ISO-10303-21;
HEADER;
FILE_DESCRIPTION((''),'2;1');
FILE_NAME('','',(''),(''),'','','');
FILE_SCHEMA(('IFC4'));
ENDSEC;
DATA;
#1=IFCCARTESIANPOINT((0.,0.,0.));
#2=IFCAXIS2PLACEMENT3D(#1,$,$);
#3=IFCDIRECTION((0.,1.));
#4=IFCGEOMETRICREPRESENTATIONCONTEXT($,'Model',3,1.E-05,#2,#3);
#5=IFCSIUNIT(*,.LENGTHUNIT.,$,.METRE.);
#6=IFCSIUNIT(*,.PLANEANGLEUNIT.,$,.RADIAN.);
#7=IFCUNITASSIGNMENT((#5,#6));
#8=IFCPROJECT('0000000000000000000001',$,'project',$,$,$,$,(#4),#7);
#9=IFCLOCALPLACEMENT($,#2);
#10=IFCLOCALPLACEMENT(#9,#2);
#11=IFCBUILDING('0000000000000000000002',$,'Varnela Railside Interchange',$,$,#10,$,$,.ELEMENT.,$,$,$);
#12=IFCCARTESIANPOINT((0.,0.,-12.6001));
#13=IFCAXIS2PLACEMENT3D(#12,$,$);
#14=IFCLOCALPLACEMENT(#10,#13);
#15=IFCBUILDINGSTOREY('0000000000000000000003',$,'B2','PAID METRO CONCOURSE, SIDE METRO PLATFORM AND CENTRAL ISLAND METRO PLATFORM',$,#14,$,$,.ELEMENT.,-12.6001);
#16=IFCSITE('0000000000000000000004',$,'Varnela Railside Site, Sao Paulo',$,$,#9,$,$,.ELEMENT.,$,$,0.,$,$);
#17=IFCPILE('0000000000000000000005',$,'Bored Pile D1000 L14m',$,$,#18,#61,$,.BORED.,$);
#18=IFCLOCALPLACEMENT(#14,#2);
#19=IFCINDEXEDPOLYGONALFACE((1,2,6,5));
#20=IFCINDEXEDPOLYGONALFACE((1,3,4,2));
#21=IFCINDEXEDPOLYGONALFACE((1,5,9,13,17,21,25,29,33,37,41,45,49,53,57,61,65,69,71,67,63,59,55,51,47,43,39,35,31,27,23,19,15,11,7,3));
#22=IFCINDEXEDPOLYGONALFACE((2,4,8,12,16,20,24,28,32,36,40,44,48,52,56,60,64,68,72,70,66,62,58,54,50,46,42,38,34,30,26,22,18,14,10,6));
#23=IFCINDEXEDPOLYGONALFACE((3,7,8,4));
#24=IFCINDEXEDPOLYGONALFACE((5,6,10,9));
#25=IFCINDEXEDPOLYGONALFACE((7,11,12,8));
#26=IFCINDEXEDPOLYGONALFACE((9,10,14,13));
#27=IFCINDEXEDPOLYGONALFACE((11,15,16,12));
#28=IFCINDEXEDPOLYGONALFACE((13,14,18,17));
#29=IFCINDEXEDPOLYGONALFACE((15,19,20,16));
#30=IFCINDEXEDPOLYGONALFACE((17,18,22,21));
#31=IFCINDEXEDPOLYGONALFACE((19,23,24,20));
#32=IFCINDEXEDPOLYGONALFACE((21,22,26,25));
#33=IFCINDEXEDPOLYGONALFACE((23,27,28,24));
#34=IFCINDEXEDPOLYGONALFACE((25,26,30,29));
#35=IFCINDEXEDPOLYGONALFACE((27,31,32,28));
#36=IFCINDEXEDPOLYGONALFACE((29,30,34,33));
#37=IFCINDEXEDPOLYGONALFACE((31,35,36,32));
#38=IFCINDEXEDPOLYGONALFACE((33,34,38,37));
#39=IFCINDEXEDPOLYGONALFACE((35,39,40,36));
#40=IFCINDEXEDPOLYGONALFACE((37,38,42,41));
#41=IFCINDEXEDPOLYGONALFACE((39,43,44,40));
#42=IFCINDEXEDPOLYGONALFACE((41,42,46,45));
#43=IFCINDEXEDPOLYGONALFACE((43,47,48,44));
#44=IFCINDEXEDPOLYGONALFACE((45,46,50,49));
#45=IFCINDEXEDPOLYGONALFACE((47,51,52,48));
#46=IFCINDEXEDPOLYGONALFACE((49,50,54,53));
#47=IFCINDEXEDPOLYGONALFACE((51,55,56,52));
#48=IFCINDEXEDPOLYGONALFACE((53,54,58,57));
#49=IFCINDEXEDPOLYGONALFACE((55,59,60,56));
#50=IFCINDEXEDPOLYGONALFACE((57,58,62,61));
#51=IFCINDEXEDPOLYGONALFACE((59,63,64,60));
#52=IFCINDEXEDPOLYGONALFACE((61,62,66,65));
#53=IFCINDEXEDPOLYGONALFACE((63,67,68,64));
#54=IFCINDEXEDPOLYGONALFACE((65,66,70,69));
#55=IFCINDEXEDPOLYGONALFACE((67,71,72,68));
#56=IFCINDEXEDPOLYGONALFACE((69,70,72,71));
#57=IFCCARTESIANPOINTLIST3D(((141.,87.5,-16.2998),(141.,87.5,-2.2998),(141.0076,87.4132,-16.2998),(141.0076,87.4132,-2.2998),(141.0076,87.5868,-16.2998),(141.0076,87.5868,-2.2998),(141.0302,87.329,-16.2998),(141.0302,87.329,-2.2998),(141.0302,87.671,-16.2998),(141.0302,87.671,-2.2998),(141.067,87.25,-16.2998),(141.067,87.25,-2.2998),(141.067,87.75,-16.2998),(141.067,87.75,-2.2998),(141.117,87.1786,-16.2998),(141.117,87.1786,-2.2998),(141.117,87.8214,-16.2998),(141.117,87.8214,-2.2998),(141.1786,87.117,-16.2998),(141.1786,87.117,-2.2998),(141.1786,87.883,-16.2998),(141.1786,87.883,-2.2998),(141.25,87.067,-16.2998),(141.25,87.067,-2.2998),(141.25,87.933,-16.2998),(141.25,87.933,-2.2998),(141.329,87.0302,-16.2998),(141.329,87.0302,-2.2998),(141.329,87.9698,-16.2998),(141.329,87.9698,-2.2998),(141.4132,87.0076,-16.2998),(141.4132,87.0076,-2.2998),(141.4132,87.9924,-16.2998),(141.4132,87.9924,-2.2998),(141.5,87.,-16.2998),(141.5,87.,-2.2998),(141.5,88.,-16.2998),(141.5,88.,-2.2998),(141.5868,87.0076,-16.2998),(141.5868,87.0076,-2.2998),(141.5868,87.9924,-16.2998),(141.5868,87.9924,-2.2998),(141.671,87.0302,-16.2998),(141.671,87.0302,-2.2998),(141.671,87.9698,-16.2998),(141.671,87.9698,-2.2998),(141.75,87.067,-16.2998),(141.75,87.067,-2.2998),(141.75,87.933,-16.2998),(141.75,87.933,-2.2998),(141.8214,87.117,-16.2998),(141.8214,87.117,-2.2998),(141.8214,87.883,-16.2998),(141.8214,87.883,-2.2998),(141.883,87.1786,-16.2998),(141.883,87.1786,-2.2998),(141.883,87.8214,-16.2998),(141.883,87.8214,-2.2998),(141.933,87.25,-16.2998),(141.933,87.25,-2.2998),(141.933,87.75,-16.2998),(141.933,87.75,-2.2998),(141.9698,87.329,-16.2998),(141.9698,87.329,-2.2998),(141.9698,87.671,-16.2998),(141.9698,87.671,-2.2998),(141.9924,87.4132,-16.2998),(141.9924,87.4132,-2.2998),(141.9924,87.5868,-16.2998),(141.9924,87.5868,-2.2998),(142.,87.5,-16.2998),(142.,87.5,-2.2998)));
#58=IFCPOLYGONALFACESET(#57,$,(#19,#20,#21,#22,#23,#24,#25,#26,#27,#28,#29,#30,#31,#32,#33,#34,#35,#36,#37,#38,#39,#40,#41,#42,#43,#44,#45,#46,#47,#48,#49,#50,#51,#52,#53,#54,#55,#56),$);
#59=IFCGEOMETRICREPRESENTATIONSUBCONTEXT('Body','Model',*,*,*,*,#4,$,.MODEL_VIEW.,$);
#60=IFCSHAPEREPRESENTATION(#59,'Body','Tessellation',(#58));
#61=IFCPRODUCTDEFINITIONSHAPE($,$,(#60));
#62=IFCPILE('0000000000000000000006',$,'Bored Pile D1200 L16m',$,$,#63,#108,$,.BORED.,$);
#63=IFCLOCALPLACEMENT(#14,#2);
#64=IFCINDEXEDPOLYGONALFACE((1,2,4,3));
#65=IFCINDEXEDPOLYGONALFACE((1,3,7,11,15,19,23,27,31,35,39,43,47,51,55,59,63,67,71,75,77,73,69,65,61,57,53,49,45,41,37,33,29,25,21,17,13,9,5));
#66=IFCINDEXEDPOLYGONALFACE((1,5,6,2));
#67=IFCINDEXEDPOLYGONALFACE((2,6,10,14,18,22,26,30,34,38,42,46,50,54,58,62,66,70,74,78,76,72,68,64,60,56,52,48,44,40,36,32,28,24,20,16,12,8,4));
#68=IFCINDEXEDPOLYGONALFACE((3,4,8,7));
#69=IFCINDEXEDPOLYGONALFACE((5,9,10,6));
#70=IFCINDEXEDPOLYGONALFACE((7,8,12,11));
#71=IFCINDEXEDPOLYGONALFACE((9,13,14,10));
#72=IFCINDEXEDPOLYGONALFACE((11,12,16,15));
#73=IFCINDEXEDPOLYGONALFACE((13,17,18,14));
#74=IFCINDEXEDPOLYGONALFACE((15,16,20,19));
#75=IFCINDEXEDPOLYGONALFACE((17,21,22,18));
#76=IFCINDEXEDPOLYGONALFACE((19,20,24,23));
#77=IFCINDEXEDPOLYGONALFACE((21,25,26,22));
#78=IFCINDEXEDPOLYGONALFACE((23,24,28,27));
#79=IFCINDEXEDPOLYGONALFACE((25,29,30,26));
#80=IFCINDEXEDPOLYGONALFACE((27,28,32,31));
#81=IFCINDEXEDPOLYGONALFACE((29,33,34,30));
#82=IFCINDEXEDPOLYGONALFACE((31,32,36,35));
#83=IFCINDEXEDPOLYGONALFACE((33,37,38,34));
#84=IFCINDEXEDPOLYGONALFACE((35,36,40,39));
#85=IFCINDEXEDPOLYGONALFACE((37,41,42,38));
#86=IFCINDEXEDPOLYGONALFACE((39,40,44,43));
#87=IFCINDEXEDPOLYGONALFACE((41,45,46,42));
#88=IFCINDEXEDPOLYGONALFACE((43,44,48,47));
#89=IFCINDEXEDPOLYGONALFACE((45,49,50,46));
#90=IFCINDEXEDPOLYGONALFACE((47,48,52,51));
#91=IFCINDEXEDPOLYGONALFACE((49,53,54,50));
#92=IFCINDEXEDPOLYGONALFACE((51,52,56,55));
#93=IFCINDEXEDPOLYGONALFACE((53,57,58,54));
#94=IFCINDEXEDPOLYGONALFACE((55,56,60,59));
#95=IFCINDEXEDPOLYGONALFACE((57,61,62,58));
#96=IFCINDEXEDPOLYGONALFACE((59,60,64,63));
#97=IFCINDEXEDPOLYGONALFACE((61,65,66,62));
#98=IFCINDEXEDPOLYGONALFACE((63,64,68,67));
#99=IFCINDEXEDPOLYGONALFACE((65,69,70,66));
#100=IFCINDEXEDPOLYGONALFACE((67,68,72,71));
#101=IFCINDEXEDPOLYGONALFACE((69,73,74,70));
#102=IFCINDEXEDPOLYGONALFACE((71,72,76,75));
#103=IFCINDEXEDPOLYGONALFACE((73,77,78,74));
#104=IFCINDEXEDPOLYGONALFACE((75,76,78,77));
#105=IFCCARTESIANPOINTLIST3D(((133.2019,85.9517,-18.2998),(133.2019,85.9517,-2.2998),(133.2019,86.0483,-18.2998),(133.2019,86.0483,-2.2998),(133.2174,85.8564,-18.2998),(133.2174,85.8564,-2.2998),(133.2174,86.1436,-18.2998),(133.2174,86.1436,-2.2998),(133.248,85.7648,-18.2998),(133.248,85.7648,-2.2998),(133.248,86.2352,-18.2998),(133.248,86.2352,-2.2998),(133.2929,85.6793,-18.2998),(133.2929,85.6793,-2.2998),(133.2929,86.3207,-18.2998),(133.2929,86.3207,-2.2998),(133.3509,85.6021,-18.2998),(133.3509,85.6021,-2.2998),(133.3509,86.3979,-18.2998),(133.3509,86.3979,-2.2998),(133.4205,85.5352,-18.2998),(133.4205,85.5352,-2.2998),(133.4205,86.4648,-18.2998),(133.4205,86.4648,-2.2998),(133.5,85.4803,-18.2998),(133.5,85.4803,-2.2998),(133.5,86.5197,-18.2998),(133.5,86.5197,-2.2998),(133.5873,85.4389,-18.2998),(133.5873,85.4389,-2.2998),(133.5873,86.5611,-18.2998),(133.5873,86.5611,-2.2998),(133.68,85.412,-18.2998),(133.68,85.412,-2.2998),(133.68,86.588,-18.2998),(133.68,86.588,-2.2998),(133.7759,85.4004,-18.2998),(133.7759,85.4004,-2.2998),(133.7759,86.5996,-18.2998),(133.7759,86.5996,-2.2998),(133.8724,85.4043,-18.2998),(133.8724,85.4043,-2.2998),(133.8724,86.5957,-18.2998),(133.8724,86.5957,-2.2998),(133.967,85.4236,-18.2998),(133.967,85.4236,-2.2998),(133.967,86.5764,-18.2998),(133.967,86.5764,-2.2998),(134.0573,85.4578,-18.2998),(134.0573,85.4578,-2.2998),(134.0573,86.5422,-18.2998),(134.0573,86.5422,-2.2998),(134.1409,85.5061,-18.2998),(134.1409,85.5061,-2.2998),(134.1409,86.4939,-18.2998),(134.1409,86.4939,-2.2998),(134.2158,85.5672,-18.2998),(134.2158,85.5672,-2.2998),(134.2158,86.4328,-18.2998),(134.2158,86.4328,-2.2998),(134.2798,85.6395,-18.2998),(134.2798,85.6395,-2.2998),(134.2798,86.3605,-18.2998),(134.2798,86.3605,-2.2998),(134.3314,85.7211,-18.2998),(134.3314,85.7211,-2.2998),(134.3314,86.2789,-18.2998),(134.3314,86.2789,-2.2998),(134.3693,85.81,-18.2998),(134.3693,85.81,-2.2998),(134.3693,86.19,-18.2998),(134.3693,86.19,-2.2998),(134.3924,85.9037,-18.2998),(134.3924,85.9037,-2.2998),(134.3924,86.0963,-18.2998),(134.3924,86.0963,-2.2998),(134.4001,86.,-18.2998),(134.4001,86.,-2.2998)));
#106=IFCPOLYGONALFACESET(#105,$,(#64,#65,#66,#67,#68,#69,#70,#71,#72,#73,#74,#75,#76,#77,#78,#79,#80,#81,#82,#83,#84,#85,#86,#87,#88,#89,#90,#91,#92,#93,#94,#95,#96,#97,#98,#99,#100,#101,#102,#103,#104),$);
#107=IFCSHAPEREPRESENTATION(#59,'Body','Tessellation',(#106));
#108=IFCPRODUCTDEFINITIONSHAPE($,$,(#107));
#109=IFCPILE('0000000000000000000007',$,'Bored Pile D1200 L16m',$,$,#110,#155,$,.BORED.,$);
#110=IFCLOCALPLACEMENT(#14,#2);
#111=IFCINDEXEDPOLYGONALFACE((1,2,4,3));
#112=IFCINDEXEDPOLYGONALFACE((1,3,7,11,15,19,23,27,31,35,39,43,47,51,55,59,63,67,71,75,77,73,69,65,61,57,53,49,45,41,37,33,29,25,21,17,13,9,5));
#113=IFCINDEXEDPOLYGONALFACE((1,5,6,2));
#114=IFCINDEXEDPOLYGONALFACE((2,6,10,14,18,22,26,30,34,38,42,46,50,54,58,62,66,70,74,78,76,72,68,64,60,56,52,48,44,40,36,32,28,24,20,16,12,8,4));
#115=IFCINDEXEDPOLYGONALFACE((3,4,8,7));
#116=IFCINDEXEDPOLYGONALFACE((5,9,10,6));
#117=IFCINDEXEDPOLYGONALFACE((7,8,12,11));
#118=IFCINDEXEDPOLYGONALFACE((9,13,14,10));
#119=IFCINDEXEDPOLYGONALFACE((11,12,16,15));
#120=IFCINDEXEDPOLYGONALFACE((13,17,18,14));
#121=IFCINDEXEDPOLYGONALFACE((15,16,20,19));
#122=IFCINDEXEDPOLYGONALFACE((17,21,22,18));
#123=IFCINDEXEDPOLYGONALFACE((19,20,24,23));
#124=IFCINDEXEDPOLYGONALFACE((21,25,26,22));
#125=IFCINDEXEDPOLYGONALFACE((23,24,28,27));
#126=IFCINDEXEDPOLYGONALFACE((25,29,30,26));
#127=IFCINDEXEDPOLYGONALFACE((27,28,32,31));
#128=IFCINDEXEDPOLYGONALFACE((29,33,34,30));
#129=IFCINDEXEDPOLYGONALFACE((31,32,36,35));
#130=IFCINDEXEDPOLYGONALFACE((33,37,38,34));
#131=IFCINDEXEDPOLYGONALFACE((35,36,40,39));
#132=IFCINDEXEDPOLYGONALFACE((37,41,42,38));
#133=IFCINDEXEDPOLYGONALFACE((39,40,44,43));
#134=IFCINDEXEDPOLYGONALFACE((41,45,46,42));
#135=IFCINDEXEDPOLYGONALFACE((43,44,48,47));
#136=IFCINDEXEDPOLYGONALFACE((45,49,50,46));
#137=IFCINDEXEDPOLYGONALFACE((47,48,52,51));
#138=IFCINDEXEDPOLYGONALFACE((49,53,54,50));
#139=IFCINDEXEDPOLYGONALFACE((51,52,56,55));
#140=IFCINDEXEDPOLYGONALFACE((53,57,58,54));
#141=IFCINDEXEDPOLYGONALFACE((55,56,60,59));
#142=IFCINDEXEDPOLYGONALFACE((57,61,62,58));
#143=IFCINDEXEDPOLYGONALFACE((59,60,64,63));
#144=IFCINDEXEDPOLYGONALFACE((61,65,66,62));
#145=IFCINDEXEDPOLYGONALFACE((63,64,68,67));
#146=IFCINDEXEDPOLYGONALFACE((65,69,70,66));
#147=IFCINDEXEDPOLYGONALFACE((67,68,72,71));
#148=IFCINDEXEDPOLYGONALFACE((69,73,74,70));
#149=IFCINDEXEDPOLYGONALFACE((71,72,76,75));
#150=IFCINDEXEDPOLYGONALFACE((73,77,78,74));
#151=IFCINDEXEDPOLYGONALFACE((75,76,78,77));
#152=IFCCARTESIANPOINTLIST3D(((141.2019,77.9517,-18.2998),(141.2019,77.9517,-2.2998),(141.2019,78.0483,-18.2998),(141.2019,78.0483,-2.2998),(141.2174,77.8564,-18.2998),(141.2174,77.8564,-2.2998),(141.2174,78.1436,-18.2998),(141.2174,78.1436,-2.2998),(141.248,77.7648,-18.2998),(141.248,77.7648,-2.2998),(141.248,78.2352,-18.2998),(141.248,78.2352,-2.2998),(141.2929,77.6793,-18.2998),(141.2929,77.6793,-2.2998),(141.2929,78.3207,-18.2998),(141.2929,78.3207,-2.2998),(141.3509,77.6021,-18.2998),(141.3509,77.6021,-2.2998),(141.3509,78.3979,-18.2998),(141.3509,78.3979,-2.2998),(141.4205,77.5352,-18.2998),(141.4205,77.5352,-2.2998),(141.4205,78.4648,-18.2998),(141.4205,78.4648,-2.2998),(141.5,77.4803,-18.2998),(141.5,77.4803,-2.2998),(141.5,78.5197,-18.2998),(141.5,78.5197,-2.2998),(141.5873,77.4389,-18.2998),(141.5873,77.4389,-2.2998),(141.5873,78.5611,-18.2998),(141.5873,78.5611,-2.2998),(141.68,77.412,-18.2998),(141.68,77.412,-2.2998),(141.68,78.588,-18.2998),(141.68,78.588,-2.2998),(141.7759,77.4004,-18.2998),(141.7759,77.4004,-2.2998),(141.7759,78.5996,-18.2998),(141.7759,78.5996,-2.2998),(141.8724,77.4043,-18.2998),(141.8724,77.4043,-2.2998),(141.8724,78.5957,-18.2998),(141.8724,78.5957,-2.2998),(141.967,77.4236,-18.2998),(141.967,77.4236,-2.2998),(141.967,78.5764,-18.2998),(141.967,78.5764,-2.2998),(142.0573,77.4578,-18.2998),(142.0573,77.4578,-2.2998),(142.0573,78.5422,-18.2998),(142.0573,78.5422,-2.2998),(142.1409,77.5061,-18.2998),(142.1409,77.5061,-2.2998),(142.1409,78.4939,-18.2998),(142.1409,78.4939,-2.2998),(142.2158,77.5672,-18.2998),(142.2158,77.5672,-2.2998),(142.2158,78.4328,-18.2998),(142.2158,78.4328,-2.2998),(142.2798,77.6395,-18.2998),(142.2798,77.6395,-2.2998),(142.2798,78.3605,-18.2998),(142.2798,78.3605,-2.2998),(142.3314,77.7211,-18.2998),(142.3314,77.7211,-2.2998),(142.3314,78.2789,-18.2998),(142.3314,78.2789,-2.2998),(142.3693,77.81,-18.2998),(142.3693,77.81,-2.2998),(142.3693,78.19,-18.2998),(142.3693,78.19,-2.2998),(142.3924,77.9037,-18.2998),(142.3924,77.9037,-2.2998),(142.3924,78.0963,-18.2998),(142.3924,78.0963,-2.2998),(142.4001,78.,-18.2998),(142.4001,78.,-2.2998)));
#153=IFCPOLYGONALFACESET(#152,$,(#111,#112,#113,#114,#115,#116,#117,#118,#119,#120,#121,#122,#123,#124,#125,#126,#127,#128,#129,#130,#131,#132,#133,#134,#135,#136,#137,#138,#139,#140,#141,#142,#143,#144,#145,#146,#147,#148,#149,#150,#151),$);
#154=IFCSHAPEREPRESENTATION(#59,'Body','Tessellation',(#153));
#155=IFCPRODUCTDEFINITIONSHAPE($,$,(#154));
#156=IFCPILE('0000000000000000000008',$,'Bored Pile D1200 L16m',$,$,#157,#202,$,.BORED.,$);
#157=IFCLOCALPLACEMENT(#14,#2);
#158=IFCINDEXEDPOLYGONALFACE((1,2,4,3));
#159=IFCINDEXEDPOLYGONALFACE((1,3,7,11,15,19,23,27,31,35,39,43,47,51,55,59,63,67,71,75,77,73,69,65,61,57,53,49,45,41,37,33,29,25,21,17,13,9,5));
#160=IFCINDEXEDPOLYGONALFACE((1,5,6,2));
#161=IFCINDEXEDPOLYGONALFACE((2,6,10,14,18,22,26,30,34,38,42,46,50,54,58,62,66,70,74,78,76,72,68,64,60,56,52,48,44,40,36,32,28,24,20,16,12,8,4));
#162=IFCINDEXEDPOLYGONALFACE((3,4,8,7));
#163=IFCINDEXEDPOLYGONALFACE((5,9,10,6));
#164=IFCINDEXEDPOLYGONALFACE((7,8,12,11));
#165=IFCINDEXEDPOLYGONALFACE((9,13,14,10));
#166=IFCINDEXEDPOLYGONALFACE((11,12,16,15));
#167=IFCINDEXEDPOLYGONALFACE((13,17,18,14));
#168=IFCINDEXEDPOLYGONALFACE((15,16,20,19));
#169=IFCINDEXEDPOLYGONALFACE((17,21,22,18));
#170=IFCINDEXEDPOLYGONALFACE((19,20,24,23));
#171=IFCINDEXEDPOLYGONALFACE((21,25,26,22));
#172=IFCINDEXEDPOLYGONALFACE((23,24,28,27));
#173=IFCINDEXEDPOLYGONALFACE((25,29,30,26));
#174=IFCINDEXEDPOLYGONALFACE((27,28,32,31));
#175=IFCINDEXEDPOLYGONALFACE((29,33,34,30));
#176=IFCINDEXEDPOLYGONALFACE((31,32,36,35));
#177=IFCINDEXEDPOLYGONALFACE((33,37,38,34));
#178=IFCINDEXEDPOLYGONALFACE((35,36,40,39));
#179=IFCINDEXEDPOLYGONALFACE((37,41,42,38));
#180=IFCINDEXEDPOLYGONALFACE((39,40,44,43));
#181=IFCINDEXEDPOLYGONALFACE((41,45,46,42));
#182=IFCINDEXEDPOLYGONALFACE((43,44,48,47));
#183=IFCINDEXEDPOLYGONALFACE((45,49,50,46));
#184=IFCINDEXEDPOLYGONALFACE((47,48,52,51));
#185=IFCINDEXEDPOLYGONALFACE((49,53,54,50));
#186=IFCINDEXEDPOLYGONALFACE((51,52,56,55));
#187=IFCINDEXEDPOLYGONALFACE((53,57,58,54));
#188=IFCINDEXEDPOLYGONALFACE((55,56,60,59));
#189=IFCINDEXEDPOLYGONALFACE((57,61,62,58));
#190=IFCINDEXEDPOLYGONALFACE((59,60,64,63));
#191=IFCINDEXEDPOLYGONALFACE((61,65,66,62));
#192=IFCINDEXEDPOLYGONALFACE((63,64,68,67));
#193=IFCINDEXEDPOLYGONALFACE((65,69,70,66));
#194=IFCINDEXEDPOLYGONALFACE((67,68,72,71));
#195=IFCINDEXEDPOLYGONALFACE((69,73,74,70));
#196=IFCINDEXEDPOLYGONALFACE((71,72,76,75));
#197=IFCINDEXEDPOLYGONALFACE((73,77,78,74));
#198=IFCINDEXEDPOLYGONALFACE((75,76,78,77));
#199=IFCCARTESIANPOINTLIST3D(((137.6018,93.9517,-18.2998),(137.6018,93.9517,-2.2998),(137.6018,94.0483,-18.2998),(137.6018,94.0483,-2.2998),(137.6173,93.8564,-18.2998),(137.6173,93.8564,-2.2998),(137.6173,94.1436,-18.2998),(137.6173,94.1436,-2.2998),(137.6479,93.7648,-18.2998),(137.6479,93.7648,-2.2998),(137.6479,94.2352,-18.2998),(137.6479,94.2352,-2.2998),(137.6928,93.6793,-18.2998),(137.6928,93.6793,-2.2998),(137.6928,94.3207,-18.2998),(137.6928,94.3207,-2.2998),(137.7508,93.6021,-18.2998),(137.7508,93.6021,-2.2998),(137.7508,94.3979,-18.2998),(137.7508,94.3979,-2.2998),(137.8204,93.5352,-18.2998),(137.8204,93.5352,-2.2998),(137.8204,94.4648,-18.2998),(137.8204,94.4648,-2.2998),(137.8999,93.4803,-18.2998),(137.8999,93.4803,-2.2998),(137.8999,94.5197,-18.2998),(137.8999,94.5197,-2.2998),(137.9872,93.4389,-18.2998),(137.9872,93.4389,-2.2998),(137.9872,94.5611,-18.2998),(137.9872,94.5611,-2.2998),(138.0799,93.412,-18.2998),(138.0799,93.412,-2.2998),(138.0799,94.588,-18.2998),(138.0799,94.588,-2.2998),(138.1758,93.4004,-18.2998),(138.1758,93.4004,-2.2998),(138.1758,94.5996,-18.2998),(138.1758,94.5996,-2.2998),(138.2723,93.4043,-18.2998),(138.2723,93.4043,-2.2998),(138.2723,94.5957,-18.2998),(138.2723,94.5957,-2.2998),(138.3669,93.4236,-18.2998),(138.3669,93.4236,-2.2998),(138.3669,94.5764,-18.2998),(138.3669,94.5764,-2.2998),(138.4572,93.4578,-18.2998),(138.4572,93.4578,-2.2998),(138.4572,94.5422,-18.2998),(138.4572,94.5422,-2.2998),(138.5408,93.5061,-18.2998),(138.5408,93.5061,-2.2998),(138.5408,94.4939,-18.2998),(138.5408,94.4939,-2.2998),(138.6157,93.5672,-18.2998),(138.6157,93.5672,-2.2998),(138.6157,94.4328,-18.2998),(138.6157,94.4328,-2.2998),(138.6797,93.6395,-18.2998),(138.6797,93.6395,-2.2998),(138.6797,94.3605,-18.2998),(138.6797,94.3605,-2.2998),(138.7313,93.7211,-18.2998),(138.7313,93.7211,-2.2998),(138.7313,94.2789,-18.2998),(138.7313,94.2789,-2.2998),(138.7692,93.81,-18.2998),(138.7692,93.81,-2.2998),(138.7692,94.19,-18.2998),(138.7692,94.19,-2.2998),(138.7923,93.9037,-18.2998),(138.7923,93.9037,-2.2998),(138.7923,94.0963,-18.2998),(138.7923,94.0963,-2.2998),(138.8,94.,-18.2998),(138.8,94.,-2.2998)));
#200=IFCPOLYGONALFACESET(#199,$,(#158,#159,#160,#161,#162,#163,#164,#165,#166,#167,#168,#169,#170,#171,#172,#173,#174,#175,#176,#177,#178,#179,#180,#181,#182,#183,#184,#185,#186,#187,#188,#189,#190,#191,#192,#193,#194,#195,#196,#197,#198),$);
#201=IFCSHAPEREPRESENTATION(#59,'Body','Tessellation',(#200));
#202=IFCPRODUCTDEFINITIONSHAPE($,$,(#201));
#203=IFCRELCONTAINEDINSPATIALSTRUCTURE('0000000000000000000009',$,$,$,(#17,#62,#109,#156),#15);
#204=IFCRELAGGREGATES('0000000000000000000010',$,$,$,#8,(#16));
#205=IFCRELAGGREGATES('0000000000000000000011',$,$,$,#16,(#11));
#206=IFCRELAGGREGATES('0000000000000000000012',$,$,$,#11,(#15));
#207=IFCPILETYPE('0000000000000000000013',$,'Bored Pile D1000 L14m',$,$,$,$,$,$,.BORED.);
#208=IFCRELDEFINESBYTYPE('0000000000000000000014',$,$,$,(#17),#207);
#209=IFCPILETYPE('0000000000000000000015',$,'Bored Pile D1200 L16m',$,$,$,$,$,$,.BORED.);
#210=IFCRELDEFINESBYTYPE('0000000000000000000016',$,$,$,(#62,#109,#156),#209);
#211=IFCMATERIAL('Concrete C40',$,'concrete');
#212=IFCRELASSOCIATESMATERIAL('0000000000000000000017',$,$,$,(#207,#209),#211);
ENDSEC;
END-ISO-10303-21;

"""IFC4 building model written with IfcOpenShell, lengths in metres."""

from ifc_helpers import new_model, si_unit, direction, frame, origin, origin_2d, place, context, subcontext, project, spatial, circle, extrude, material, material_profile, profile_set, type_object, element, save


model = new_model("IFC4")

# Units and contexts
model_context = context("Model", 3, precision=1e-05, world=origin(), true_north=direction((0.0, 1.0)))
body_context = subcontext(model_context, "Body", "Model", "MODEL_VIEW")
ifc_project = project(units=[si_unit("LENGTHUNIT", "METRE"), si_unit("PLANEANGLEUNIT", "RADIAN")], contexts=[model_context])

# Site, building, storey
site_placement = place(None, origin())
site = spatial("IfcSite", under=ifc_project, at=site_placement, Name="Varnela Railside Site, Sao Paulo", CompositionType="ELEMENT", RefElevation=0.0)
building_placement = place(site_placement, origin())
building = spatial("IfcBuilding", under=site, at=building_placement, Name="Varnela Railside Interchange", CompositionType="ELEMENT")
storey_placement = place(building_placement, frame((0.0, 0.0, -12.6001)))
storey = spatial("IfcBuildingStorey", under=building, at=storey_placement, Name="B2", Description="PAID METRO CONCOURSE, SIDE METRO PLATFORM AND CENTRAL ISLAND METRO PLATFORM", CompositionType="ELEMENT", Elevation=-12.6001)

# Piles
ifc_material_1 = material(Name="Concrete C40", Category="concrete")
ifc_material_profile_1 = material_profile(ifc_material_1, circle(Radius=0.5, at=origin_2d()), Name="BORED PILE D1000")
ifc_profile_set_1 = profile_set([ifc_material_profile_1], Name="Concrete C40")
pile_type_1 = type_object("IfcPileType", Name="Bored Pile D1000 L14m", PredefinedType="BORED", material=ifc_profile_set_1)
for number, where, z_axis, x_axis, name in (
    (1, (141.5, 87.5, -2.2998), (0.0, 0.0, -1.0), (1.0, 0.0, 0.0), "Bored Pile D1000 L14m"),
):
    element("IfcPile", number, at=place(storey_placement, frame(where, z_axis=z_axis, x_axis=x_axis)), inside=storey, type_object=pile_type_1, Name=name, PredefinedType="BORED", context=body_context, shape_type="SweptSolid", body=[
        extrude(circle(Radius=0.5, at=origin_2d()), origin(), (0.0, 0.0, 1.0), 14.0),
    ])
ifc_material_profile_2 = material_profile(ifc_material_1, circle(Radius=0.6001, at=origin_2d()), Name="BORED PILE D1200")
ifc_profile_set_2 = profile_set([ifc_material_profile_2], Name="Concrete C40")
pile_type_2 = type_object("IfcPileType", Name="Bored Pile D1200 L16m", PredefinedType="BORED", material=ifc_profile_set_2)
for number, where, z_axis, x_axis, name in (
    (2, (133.8, 86.0, -2.2998), (0.0, 0.0, -1.0), (1.0, 0.0, 0.0), "Bored Pile D1200 L16m"),
    (3, (141.8, 78.0, -2.2998), (0.0, 0.0, -1.0), (1.0, 0.0, 0.0), "Bored Pile D1200 L16m"),
    (4, (138.2, 94.0, -2.2998), (0.0, 0.0, -1.0), (1.0, 0.0, 0.0), "Bored Pile D1200 L16m"),
):
    element("IfcPile", number, at=place(storey_placement, frame(where, z_axis=z_axis, x_axis=x_axis)), inside=storey, type_object=pile_type_2, Name=name, PredefinedType="BORED", context=body_context, shape_type="SweptSolid", body=[
        extrude(circle(Radius=0.6001, at=origin_2d()), origin(), (0.0, 0.0, 1.0), 16.0),
    ])

save(model, "model.ifc")
